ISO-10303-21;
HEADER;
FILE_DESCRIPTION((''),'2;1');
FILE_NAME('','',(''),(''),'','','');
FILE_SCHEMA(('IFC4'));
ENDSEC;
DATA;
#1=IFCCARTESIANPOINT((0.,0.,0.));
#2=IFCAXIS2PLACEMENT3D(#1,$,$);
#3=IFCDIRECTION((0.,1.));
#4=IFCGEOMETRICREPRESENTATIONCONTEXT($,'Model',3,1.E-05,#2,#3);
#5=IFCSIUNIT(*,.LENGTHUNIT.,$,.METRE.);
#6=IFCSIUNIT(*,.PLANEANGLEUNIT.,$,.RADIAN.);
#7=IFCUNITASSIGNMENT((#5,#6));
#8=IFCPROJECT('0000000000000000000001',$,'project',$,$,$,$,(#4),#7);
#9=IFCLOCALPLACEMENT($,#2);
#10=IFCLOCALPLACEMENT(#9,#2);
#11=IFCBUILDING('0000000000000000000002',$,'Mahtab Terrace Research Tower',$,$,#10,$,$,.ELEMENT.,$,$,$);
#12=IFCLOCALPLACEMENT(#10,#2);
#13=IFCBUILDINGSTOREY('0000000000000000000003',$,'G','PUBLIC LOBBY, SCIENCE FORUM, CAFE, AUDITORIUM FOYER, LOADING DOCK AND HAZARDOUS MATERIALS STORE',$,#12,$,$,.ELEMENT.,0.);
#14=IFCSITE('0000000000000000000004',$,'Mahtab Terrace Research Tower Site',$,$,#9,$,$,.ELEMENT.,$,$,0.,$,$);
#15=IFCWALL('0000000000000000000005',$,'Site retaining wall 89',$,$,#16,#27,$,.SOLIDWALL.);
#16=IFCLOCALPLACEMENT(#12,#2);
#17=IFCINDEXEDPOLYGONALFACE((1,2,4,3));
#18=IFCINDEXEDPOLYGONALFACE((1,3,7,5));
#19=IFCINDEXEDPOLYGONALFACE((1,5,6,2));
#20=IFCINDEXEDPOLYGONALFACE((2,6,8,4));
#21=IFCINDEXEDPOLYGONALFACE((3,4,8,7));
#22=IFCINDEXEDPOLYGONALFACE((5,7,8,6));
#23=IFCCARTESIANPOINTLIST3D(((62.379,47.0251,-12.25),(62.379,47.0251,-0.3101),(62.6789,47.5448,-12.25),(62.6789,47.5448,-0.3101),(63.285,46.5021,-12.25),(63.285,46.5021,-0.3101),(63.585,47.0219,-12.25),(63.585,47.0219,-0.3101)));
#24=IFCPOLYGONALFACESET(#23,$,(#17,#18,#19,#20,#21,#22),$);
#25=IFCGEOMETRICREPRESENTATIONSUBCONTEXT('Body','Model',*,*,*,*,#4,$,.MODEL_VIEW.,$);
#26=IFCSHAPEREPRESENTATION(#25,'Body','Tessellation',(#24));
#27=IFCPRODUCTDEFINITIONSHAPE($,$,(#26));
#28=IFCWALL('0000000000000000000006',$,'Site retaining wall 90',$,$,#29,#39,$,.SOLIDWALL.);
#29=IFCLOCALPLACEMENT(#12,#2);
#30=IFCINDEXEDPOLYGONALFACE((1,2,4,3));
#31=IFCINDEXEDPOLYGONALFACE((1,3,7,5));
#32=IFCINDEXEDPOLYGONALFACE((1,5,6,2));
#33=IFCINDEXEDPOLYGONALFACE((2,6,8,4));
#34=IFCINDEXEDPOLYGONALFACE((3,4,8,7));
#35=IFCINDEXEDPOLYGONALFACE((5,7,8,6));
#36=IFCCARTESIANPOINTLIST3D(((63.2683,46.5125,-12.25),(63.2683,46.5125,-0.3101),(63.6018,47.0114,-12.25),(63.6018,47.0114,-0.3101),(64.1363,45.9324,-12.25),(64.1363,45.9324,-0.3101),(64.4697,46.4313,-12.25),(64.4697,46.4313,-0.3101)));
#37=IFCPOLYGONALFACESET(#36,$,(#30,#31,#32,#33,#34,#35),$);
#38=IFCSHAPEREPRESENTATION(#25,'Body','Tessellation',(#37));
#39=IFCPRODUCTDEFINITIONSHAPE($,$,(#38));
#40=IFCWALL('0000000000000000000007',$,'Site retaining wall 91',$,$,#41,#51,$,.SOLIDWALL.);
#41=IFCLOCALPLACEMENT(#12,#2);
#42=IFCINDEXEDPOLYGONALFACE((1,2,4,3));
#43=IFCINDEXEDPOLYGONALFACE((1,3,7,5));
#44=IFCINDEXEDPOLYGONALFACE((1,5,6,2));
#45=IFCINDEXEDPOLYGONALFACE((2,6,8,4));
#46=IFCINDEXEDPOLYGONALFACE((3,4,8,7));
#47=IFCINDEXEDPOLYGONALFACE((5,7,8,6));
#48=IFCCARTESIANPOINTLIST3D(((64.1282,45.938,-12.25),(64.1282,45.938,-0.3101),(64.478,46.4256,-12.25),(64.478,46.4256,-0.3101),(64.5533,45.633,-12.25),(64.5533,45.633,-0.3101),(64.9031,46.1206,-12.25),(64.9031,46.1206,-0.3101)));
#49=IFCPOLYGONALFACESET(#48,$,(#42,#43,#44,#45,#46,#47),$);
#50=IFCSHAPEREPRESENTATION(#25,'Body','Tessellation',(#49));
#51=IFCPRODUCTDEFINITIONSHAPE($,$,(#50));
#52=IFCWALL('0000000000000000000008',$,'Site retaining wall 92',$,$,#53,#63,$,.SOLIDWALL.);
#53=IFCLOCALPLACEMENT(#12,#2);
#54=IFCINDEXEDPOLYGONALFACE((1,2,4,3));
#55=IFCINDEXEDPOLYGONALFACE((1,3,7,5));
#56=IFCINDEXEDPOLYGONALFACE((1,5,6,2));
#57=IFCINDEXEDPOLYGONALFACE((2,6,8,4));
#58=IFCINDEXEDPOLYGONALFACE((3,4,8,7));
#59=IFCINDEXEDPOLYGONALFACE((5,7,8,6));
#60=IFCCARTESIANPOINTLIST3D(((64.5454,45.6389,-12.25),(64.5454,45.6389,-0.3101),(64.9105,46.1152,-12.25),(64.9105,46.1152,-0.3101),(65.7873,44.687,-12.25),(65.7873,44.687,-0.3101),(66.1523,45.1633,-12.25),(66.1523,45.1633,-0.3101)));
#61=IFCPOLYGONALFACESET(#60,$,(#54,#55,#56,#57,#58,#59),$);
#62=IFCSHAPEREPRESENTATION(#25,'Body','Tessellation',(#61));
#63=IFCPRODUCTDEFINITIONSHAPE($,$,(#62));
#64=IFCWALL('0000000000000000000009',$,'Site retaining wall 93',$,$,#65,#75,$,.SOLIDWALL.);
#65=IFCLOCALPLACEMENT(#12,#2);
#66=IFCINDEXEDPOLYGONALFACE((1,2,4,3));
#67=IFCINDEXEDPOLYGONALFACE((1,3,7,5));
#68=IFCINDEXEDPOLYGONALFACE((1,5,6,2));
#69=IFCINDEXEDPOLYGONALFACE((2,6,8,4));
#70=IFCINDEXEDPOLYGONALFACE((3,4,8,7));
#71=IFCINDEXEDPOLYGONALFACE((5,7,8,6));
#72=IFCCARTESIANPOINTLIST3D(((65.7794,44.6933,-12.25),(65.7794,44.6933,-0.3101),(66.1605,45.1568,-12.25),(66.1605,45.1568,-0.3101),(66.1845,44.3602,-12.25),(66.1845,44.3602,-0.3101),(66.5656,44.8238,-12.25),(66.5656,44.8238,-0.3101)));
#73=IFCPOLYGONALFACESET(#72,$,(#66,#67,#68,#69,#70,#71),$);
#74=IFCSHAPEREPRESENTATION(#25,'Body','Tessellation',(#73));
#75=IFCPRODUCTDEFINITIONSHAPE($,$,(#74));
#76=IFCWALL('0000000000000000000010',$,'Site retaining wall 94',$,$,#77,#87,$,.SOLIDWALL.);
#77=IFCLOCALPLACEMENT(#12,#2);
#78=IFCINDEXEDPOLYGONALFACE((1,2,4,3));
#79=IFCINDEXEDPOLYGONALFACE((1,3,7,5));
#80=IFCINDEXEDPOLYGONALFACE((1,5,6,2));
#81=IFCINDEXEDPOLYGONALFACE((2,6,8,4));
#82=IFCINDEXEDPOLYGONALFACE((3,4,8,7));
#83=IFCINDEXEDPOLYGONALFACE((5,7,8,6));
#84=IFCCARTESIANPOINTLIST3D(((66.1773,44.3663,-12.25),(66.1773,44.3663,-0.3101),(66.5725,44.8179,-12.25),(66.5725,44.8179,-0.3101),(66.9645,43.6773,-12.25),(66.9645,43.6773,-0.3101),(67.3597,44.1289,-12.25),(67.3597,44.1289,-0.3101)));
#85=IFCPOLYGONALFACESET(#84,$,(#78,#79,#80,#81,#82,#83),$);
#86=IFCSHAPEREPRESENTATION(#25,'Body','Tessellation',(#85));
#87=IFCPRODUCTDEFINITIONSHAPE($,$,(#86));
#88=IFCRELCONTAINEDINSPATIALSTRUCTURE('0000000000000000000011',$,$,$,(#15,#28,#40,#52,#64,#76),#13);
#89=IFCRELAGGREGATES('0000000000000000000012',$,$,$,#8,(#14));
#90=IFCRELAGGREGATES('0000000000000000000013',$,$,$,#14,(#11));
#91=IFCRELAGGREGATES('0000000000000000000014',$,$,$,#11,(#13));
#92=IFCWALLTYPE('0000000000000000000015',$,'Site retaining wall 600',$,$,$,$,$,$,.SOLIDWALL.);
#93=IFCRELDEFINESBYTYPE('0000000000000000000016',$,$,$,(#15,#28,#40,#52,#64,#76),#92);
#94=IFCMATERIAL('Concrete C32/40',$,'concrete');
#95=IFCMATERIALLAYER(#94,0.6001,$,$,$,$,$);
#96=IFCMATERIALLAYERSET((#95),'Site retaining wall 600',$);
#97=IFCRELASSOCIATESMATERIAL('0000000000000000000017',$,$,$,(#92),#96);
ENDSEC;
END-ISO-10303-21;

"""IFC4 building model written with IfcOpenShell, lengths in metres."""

from ifc_helpers import new_model, si_unit, direction, frame, frame_2d, origin, place, context, subcontext, project, spatial, rectangle, extrude, material, layer, layer_set, type_object, element, save


model = new_model("IFC4")

# Units and contexts
model_context = context("Model", 3, precision=1e-05, world=origin(), true_north=direction((0.0, 1.0)))
body_context = subcontext(model_context, "Body", "Model", "MODEL_VIEW")
ifc_project = project(units=[si_unit("LENGTHUNIT", "METRE"), si_unit("PLANEANGLEUNIT", "RADIAN")], contexts=[model_context])

# Site, building, storey
site_placement = place(None, origin())
site = spatial("IfcSite", under=ifc_project, at=site_placement, Name="Mahtab Terrace Research Tower Site", CompositionType="ELEMENT", RefElevation=0.0)
building_placement = place(site_placement, origin())
building = spatial("IfcBuilding", under=site, at=building_placement, Name="Mahtab Terrace Research Tower", CompositionType="ELEMENT")
storey_placement = place(building_placement, origin())
storey = spatial("IfcBuildingStorey", under=building, at=storey_placement, Name="G", Description="PUBLIC LOBBY, SCIENCE FORUM, CAFE, AUDITORIUM FOYER, LOADING DOCK AND HAZARDOUS MATERIALS STORE", CompositionType="ELEMENT", Elevation=0.0)

# Walls
ifc_material = material(Name="Concrete C32/40", Category="concrete")
ifc_layer = layer(ifc_material, 0.6001)
ifc_layer_set = layer_set([ifc_layer], Name="Site retaining wall 600")
wall_type = type_object("IfcWallType", Name="Site retaining wall 600", PredefinedType="SOLIDWALL", material=ifc_layer_set)
wall_1_placement = place(storey_placement, frame((62.5291, 47.2849, -12.25), z_axis=(0.0, 0.0, 1.0), x_axis=(0.866081, -0.499904, 0.0)))
element("IfcWall", 1, at=wall_1_placement, inside=storey, type_object=wall_type, Name="Site retaining wall 89", PredefinedType="SOLIDWALL", context=body_context, shape_type="SweptSolid", body=[
    extrude(rectangle(XDim=1.0461, YDim=0.6001, at=frame_2d((0.5229, 0.0))), origin(), (0.0, 0.0, 1.0), 11.9399),
])
wall_2_placement = place(storey_placement, frame((63.4351, 46.762, -12.25), z_axis=(0.0, 0.0, 1.0), x_axis=(0.831402, -0.555671, 0.0)))
element("IfcWall", 2, at=wall_2_placement, inside=storey, type_object=wall_type, Name="Site retaining wall 90", PredefinedType="SOLIDWALL", context=body_context, shape_type="SweptSolid", body=[
    extrude(rectangle(XDim=1.0439, YDim=0.6001, at=frame_2d((0.522, 0.0))), origin(), (0.0, 0.0, 1.0), 11.9399),
])
wall_3_placement = place(storey_placement, frame((64.303, 46.1819, -12.25), z_axis=(0.0, 0.0, 1.0), x_axis=(0.812533, -0.582915, 0.0)))
element("IfcWall", 3, at=wall_3_placement, inside=storey, type_object=wall_type, Name="Site retaining wall 91", PredefinedType="SOLIDWALL", context=body_context, shape_type="SweptSolid", body=[
    extrude(rectangle(XDim=0.5232, YDim=0.6001, at=frame_2d((0.2617, 0.0))), origin(), (0.0, 0.0, 1.0), 11.9399),
])
wall_4_placement = place(storey_placement, frame((64.728, 45.877, -12.25), z_axis=(0.0, 0.0, 1.0), x_axis=(0.793684, -0.60833, 0.0)))
element("IfcWall", 4, at=wall_4_placement, inside=storey, type_object=wall_type, Name="Site retaining wall 92", PredefinedType="SOLIDWALL", context=body_context, shape_type="SweptSolid", body=[
    extrude(rectangle(XDim=1.5647, YDim=0.6001, at=frame_2d((0.7822, 0.0))), origin(), (0.0, 0.0, 1.0), 11.9399),
])
wall_5_placement = place(storey_placement, frame((65.97, 44.925, -12.25), z_axis=(0.0, 0.0, 1.0), x_axis=(0.772441, -0.635087, 0.0)))
element("IfcWall", 5, at=wall_5_placement, inside=storey, type_object=wall_type, Name="Site retaining wall 93", PredefinedType="SOLIDWALL", context=body_context, shape_type="SweptSolid", body=[
    extrude(rectangle(XDim=0.5244, YDim=0.6001, at=frame_2d((0.2622, 0.0))), origin(), (0.0, 0.0, 1.0), 11.9399),
])
wall_6_placement = place(storey_placement, frame((66.375, 44.592, -12.25), z_axis=(0.0, 0.0, 1.0), x_axis=(0.752461, -0.658637, 0.0)))
element("IfcWall", 6, at=wall_6_placement, inside=storey, type_object=wall_type, Name="Site retaining wall 94", PredefinedType="SOLIDWALL", context=body_context, shape_type="SweptSolid", body=[
    extrude(rectangle(XDim=1.0461, YDim=0.6001, at=frame_2d((0.5229, 0.0))), origin(), (0.0, 0.0, 1.0), 11.9399),
])

save(model, "model.ifc")
